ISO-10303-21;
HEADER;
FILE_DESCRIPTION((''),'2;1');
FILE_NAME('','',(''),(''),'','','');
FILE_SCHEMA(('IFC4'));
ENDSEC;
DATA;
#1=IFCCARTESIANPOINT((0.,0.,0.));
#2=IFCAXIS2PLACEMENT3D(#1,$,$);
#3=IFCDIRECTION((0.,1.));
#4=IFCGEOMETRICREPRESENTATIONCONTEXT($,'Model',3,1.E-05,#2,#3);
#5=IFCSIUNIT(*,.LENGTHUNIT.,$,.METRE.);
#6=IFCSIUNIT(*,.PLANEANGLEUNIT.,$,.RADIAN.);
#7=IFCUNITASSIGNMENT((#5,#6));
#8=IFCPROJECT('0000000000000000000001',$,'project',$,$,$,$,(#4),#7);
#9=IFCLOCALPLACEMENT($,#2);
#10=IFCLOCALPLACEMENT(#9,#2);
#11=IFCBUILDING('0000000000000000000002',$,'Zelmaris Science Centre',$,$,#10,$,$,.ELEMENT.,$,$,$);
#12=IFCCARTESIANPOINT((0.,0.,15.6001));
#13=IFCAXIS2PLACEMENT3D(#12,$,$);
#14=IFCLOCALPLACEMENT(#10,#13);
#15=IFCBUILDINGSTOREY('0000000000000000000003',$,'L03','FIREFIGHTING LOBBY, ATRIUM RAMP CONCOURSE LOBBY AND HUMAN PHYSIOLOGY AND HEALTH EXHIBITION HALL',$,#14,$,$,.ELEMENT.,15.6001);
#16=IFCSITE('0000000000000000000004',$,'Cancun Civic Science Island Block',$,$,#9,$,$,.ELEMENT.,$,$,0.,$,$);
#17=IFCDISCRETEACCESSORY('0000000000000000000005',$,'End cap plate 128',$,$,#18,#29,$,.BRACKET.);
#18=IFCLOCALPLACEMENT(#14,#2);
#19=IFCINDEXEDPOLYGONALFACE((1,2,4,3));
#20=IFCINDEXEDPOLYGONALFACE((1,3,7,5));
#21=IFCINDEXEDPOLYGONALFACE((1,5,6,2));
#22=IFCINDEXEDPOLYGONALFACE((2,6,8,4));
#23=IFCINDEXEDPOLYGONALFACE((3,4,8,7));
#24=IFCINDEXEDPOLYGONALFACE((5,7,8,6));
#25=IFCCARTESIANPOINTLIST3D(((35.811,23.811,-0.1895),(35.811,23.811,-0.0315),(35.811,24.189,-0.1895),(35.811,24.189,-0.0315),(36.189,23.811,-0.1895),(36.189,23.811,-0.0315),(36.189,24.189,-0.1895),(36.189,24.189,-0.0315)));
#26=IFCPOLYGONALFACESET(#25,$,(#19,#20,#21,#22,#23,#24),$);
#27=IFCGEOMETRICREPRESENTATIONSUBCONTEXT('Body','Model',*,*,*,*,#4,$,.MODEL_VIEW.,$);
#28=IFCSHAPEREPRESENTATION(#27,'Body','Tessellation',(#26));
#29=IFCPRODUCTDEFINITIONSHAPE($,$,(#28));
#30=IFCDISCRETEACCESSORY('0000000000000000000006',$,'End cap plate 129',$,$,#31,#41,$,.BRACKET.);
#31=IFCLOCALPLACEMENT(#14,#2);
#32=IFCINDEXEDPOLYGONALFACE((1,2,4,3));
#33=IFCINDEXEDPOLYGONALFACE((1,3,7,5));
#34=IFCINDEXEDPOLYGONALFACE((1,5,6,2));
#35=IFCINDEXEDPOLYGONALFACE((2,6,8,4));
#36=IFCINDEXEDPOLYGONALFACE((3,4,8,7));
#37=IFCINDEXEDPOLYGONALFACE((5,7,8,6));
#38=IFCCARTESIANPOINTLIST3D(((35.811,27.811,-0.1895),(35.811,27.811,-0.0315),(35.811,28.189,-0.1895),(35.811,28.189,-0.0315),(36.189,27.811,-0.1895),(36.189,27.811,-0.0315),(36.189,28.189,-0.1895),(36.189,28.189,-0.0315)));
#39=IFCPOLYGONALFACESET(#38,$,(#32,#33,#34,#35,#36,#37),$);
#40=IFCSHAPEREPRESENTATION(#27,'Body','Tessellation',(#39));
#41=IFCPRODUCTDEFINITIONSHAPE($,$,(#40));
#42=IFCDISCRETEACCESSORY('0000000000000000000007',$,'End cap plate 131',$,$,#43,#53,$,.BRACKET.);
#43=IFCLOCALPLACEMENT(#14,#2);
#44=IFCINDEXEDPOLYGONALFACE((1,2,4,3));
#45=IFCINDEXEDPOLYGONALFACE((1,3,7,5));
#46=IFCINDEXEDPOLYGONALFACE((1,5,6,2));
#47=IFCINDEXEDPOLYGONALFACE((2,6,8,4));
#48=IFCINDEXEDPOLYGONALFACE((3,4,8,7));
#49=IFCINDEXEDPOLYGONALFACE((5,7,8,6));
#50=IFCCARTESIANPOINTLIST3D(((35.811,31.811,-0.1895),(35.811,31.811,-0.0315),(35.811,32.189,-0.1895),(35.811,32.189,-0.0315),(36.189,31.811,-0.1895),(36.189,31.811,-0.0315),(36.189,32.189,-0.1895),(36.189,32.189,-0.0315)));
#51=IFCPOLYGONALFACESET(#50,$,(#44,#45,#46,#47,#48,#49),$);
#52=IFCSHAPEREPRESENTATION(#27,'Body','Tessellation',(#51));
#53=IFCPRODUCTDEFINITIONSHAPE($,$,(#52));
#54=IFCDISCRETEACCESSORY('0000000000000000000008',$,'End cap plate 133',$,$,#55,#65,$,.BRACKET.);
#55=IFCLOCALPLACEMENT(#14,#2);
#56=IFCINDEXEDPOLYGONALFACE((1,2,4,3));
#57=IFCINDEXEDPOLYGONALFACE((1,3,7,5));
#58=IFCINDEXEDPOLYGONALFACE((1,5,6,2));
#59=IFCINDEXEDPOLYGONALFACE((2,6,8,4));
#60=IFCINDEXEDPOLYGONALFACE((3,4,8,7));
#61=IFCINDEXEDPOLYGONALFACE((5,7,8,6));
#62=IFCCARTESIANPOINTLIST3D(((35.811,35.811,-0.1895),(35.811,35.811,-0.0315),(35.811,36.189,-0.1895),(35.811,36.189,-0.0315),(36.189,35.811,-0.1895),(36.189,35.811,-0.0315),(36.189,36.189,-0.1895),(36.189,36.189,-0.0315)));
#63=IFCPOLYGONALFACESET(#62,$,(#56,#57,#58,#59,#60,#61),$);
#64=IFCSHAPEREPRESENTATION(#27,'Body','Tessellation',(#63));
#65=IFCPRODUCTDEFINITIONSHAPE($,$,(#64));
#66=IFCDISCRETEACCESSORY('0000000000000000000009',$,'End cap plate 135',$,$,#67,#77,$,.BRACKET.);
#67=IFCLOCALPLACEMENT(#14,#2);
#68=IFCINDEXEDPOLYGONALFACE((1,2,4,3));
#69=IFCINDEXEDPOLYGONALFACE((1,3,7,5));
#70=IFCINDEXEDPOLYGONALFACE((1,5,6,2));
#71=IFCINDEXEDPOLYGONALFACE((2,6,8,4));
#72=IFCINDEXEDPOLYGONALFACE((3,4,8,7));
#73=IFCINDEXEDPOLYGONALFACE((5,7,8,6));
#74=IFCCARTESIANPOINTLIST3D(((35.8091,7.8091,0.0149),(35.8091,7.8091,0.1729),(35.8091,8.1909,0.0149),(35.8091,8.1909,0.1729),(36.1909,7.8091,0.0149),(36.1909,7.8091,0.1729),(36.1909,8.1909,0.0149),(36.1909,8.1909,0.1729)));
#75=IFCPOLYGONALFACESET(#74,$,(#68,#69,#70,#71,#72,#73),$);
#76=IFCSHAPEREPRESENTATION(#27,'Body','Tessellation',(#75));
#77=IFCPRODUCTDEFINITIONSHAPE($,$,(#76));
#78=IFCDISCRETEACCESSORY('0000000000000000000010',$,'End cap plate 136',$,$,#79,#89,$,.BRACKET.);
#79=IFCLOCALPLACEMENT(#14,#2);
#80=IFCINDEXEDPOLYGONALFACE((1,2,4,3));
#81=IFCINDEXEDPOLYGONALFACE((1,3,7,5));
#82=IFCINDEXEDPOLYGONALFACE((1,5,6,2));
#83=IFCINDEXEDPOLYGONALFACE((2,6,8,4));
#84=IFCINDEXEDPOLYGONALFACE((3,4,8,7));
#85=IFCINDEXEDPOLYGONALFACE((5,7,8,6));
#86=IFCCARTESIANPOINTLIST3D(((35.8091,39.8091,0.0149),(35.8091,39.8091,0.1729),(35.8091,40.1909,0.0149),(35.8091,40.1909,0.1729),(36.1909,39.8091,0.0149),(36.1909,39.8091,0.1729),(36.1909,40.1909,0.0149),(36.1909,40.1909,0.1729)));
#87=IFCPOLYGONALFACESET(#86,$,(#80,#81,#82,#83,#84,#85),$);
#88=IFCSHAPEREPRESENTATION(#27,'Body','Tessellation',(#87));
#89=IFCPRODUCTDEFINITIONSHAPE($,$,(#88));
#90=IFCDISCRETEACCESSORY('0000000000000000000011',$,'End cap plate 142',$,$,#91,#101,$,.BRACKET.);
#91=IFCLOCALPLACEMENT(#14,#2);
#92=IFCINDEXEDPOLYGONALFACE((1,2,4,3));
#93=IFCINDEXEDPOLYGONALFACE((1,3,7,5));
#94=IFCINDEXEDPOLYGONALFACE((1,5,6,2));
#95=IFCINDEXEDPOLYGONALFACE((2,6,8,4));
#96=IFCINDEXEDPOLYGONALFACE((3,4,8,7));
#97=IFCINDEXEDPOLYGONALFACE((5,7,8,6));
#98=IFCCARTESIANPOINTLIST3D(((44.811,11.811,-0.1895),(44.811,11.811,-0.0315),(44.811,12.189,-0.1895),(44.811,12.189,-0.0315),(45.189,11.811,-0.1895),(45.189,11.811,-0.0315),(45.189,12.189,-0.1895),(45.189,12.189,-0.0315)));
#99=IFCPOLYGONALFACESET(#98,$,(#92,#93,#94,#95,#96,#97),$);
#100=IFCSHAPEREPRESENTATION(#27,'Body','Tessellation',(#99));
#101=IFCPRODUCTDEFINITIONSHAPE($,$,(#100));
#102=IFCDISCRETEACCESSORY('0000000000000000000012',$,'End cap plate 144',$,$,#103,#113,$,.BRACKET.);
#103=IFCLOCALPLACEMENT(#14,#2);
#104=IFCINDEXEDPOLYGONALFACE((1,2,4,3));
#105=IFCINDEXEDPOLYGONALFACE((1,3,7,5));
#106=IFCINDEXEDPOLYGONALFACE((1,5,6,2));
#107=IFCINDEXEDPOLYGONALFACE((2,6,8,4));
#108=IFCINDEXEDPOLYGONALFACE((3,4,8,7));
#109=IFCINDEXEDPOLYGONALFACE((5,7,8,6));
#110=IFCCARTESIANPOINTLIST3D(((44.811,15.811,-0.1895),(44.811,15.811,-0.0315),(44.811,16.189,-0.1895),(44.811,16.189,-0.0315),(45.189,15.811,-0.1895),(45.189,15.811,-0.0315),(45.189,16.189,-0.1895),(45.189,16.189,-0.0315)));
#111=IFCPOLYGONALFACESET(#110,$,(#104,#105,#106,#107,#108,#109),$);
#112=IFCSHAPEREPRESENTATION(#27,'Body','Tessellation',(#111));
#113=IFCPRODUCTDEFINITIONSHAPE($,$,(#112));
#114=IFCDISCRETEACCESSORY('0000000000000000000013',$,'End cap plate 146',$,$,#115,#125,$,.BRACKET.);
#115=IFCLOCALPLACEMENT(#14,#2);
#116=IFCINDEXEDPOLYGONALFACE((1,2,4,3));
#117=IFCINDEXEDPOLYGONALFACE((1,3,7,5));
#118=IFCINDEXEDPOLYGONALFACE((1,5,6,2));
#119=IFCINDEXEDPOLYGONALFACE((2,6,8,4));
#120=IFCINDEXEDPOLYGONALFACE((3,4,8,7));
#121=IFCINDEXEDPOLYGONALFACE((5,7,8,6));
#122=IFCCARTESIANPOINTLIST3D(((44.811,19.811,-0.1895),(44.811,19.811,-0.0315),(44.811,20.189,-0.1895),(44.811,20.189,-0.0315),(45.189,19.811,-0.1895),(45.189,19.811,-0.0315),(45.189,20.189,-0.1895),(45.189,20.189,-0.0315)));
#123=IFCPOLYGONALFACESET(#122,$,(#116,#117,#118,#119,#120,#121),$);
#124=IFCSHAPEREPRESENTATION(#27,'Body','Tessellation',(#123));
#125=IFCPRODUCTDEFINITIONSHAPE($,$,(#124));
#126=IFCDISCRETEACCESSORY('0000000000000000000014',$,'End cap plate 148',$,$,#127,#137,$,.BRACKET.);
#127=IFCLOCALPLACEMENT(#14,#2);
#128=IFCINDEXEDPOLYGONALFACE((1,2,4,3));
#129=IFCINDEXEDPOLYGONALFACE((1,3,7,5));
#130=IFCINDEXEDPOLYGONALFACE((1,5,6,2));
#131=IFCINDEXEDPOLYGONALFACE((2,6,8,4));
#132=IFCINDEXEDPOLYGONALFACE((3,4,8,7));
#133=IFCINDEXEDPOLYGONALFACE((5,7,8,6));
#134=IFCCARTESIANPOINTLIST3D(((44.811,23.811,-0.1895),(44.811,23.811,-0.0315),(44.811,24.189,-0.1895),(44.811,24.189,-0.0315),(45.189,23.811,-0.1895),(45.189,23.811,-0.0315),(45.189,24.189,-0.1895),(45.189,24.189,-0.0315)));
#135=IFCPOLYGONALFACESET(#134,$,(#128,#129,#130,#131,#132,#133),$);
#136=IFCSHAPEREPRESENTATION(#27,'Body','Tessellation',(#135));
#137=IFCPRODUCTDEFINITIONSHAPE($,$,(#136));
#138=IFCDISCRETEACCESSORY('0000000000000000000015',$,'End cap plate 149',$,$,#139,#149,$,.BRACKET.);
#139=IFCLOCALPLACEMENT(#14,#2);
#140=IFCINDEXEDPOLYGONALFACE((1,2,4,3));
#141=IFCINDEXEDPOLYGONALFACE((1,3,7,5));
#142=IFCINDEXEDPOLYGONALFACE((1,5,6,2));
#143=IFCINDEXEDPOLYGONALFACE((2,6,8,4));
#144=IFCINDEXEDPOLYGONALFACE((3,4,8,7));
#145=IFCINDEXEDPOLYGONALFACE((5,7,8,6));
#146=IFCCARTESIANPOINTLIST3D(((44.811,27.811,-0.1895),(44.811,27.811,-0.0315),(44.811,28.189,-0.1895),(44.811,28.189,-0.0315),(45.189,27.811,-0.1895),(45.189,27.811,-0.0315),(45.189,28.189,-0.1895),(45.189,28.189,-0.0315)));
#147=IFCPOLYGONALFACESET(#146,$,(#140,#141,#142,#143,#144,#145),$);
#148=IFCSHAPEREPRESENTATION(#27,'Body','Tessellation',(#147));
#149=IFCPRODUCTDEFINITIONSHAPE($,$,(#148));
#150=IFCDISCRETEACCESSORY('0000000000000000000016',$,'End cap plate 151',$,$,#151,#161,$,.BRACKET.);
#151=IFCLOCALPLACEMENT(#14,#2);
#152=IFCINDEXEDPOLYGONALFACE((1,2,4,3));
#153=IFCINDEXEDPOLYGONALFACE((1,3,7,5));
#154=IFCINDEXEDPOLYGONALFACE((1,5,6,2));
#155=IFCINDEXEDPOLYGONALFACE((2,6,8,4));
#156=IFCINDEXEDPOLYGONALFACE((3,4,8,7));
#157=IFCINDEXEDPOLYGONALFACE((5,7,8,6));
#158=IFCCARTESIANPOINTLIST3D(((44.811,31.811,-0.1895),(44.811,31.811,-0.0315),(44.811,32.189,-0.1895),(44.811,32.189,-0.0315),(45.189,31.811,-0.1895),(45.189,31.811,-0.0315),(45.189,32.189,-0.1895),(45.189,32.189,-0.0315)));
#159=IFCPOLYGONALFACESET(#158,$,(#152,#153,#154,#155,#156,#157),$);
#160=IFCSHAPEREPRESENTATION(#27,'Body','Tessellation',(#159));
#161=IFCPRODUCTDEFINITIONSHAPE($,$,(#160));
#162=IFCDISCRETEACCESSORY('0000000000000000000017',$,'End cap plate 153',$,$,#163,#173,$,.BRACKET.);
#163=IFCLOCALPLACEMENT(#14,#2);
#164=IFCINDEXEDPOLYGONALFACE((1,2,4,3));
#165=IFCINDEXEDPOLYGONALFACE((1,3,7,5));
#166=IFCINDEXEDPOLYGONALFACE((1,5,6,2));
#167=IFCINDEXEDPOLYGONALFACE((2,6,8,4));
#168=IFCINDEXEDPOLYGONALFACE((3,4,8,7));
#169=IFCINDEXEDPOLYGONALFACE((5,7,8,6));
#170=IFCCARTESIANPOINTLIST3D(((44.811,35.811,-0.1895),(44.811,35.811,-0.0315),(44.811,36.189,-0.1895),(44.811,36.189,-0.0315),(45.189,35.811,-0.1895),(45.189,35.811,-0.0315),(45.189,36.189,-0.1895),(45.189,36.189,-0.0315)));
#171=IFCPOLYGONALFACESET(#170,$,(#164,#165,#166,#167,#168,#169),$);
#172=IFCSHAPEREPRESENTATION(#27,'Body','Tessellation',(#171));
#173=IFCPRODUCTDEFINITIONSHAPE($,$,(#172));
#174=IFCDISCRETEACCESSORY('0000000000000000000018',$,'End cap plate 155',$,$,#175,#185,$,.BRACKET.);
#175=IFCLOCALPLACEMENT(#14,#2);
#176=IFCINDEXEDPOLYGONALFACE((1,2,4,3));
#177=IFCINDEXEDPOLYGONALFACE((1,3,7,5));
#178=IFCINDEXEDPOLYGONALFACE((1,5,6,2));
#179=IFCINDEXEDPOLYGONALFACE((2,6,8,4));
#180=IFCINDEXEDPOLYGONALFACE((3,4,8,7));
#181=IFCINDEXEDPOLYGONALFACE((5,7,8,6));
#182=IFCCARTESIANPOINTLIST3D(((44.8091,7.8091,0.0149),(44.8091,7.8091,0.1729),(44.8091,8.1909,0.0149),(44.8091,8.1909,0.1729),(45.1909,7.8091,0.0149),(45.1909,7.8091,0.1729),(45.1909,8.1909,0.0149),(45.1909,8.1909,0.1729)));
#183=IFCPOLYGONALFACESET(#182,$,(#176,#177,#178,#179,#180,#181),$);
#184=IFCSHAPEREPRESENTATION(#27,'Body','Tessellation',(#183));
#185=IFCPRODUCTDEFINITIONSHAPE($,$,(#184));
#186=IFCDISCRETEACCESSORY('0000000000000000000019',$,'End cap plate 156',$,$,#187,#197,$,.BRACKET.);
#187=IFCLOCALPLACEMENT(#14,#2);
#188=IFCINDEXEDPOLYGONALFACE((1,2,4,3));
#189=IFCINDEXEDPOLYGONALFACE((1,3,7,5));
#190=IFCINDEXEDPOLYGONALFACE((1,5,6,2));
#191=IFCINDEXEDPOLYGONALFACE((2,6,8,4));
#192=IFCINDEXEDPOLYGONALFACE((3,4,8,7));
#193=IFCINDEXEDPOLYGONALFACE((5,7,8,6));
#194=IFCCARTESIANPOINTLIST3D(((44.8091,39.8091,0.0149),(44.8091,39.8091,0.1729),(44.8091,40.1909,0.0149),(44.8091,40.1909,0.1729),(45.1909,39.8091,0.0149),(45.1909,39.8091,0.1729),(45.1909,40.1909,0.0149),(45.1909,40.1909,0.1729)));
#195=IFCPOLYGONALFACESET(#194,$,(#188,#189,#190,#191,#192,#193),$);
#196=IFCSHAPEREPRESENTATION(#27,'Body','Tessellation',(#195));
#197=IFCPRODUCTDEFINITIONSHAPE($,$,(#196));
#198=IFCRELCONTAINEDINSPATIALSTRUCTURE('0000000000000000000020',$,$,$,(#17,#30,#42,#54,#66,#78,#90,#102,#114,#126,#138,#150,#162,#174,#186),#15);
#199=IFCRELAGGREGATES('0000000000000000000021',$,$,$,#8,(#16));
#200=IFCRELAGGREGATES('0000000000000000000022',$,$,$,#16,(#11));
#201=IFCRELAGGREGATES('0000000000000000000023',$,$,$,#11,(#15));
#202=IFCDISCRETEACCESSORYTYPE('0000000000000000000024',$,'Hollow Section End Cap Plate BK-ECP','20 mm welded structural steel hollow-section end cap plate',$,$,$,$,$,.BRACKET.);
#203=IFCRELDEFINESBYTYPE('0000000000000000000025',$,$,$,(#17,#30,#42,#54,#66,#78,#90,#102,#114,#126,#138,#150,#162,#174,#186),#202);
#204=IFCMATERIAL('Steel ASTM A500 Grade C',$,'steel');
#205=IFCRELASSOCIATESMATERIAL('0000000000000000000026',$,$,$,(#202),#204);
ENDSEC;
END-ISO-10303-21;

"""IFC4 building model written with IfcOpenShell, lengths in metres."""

from ifc_helpers import new_model, si_unit, direction, frame, origin, place, context, subcontext, project, spatial, polyline, outline, extrude, material, type_object, element, save


model = new_model("IFC4")

# Units and contexts
model_context = context("Model", 3, precision=1e-05, world=origin(), true_north=direction((0.0, 1.0)))
body_context = subcontext(model_context, "Body", "Model", "MODEL_VIEW")
ifc_project = project(units=[si_unit("LENGTHUNIT", "METRE"), si_unit("PLANEANGLEUNIT", "RADIAN")], contexts=[model_context])

# Site, building, storey
site_placement = place(None, origin())
site = spatial("IfcSite", under=ifc_project, at=site_placement, Name="Cancun Civic Science Island Block", CompositionType="ELEMENT", RefElevation=0.0)
building_placement = place(site_placement, origin())
building = spatial("IfcBuilding", under=site, at=building_placement, Name="Zelmaris Science Centre", CompositionType="ELEMENT")
storey_placement = place(building_placement, frame((0.0, 0.0, 15.6001)))
storey = spatial("IfcBuildingStorey", under=building, at=storey_placement, Name="L03", Description="FIREFIGHTING LOBBY, ATRIUM RAMP CONCOURSE LOBBY AND HUMAN PHYSIOLOGY AND HEALTH EXHIBITION HALL", CompositionType="ELEMENT", Elevation=15.6001)

# Discrete accessories
ifc_material = material(Name="Steel ASTM A500 Grade C", Category="steel")
discrete_accessory_type = type_object("IfcDiscreteAccessoryType", Name="Hollow Section End Cap Plate BK-ECP", Description="20 mm welded structural steel hollow-section end cap plate", PredefinedType="BRACKET", material=ifc_material)
discrete_accessory_1_placement = place(storey_placement, frame((0.0, 0.0, -0.1895)))
element("IfcDiscreteAccessory", 1, at=discrete_accessory_1_placement, inside=storey, type_object=discrete_accessory_type, Name="End cap plate 128", PredefinedType="BRACKET", context=body_context, shape_type="SweptSolid", body=[
    extrude(outline(polyline([(35.811, 23.811), (36.189, 23.811), (36.189, 24.189), (35.811, 24.189), (35.811, 23.811)])), origin(), (0.0, 0.0, 1.0), 0.158),
])
discrete_accessory_2_placement = place(storey_placement, frame((0.0, 0.0, -0.1895)))
element("IfcDiscreteAccessory", 2, at=discrete_accessory_2_placement, inside=storey, type_object=discrete_accessory_type, Name="End cap plate 129", PredefinedType="BRACKET", context=body_context, shape_type="SweptSolid", body=[
    extrude(outline(polyline([(35.811, 27.811), (36.189, 27.811), (36.189, 28.189), (35.811, 28.189), (35.811, 27.811)])), origin(), (0.0, 0.0, 1.0), 0.158),
])
discrete_accessory_3_placement = place(storey_placement, frame((0.0, 0.0, -0.1895)))
element("IfcDiscreteAccessory", 3, at=discrete_accessory_3_placement, inside=storey, type_object=discrete_accessory_type, Name="End cap plate 131", PredefinedType="BRACKET", context=body_context, shape_type="SweptSolid", body=[
    extrude(outline(polyline([(35.811, 31.811), (36.189, 31.811), (36.189, 32.189), (35.811, 32.189), (35.811, 31.811)])), origin(), (0.0, 0.0, 1.0), 0.158),
])
discrete_accessory_4_placement = place(storey_placement, frame((0.0, 0.0, -0.1895)))
element("IfcDiscreteAccessory", 4, at=discrete_accessory_4_placement, inside=storey, type_object=discrete_accessory_type, Name="End cap plate 133", PredefinedType="BRACKET", context=body_context, shape_type="SweptSolid", body=[
    extrude(outline(polyline([(35.811, 35.811), (36.189, 35.811), (36.189, 36.189), (35.811, 36.189), (35.811, 35.811)])), origin(), (0.0, 0.0, 1.0), 0.158),
])
discrete_accessory_5_placement = place(storey_placement, frame((0.0, 0.0, 0.0149)))
element("IfcDiscreteAccessory", 5, at=discrete_accessory_5_placement, inside=storey, type_object=discrete_accessory_type, Name="End cap plate 135", PredefinedType="BRACKET", context=body_context, shape_type="SweptSolid", body=[
    extrude(outline(polyline([(35.8091, 7.8091), (36.1909, 7.8091), (36.1909, 8.1909), (35.8091, 8.1909), (35.8091, 7.8091)])), origin(), (0.0, 0.0, 1.0), 0.158),
])
discrete_accessory_6_placement = place(storey_placement, frame((0.0, 0.0, 0.0149)))
element("IfcDiscreteAccessory", 6, at=discrete_accessory_6_placement, inside=storey, type_object=discrete_accessory_type, Name="End cap plate 136", PredefinedType="BRACKET", context=body_context, shape_type="SweptSolid", body=[
    extrude(outline(polyline([(35.8091, 39.8091), (36.1909, 39.8091), (36.1909, 40.1909), (35.8091, 40.1909), (35.8091, 39.8091)])), origin(), (0.0, 0.0, 1.0), 0.158),
])
discrete_accessory_7_placement = place(storey_placement, frame((0.0, 0.0, -0.1895)))
element("IfcDiscreteAccessory", 7, at=discrete_accessory_7_placement, inside=storey, type_object=discrete_accessory_type, Name="End cap plate 142", PredefinedType="BRACKET", context=body_context, shape_type="SweptSolid", body=[
    extrude(outline(polyline([(44.811, 11.811), (45.189, 11.811), (45.189, 12.189), (44.811, 12.189), (44.811, 11.811)])), origin(), (0.0, 0.0, 1.0), 0.158),
])
discrete_accessory_8_placement = place(storey_placement, frame((0.0, 0.0, -0.1895)))
element("IfcDiscreteAccessory", 8, at=discrete_accessory_8_placement, inside=storey, type_object=discrete_accessory_type, Name="End cap plate 144", PredefinedType="BRACKET", context=body_context, shape_type="SweptSolid", body=[
    extrude(outline(polyline([(44.811, 15.811), (45.189, 15.811), (45.189, 16.189), (44.811, 16.189), (44.811, 15.811)])), origin(), (0.0, 0.0, 1.0), 0.158),
])
discrete_accessory_9_placement = place(storey_placement, frame((0.0, 0.0, -0.1895)))
element("IfcDiscreteAccessory", 9, at=discrete_accessory_9_placement, inside=storey, type_object=discrete_accessory_type, Name="End cap plate 146", PredefinedType="BRACKET", context=body_context, shape_type="SweptSolid", body=[
    extrude(outline(polyline([(44.811, 19.811), (45.189, 19.811), (45.189, 20.189), (44.811, 20.189), (44.811, 19.811)])), origin(), (0.0, 0.0, 1.0), 0.158),
])
discrete_accessory_10_placement = place(storey_placement, frame((0.0, 0.0, -0.1895)))
element("IfcDiscreteAccessory", 10, at=discrete_accessory_10_placement, inside=storey, type_object=discrete_accessory_type, Name="End cap plate 148", PredefinedType="BRACKET", context=body_context, shape_type="SweptSolid", body=[
    extrude(outline(polyline([(44.811, 23.811), (45.189, 23.811), (45.189, 24.189), (44.811, 24.189), (44.811, 23.811)])), origin(), (0.0, 0.0, 1.0), 0.158),
])
discrete_accessory_11_placement = place(storey_placement, frame((0.0, 0.0, -0.1895)))
element("IfcDiscreteAccessory", 11, at=discrete_accessory_11_placement, inside=storey, type_object=discrete_accessory_type, Name="End cap plate 149", PredefinedType="BRACKET", context=body_context, shape_type="SweptSolid", body=[
    extrude(outline(polyline([(44.811, 27.811), (45.189, 27.811), (45.189, 28.189), (44.811, 28.189), (44.811, 27.811)])), origin(), (0.0, 0.0, 1.0), 0.158),
])
discrete_accessory_12_placement = place(storey_placement, frame((0.0, 0.0, -0.1895)))
element("IfcDiscreteAccessory", 12, at=discrete_accessory_12_placement, inside=storey, type_object=discrete_accessory_type, Name="End cap plate 151", PredefinedType="BRACKET", context=body_context, shape_type="SweptSolid", body=[
    extrude(outline(polyline([(44.811, 31.811), (45.189, 31.811), (45.189, 32.189), (44.811, 32.189), (44.811, 31.811)])), origin(), (0.0, 0.0, 1.0), 0.158),
])
discrete_accessory_13_placement = place(storey_placement, frame((0.0, 0.0, -0.1895)))
element("IfcDiscreteAccessory", 13, at=discrete_accessory_13_placement, inside=storey, type_object=discrete_accessory_type, Name="End cap plate 153", PredefinedType="BRACKET", context=body_context, shape_type="SweptSolid", body=[
    extrude(outline(polyline([(44.811, 35.811), (45.189, 35.811), (45.189, 36.189), (44.811, 36.189), (44.811, 35.811)])), origin(), (0.0, 0.0, 1.0), 0.158),
])
discrete_accessory_14_placement = place(storey_placement, frame((0.0, 0.0, 0.0149)))
element("IfcDiscreteAccessory", 14, at=discrete_accessory_14_placement, inside=storey, type_object=discrete_accessory_type, Name="End cap plate 155", PredefinedType="BRACKET", context=body_context, shape_type="SweptSolid", body=[
    extrude(outline(polyline([(44.8091, 7.8091), (45.1909, 7.8091), (45.1909, 8.1909), (44.8091, 8.1909), (44.8091, 7.8091)])), origin(), (0.0, 0.0, 1.0), 0.158),
])
discrete_accessory_15_placement = place(storey_placement, frame((0.0, 0.0, 0.0149)))
element("IfcDiscreteAccessory", 15, at=discrete_accessory_15_placement, inside=storey, type_object=discrete_accessory_type, Name="End cap plate 156", PredefinedType="BRACKET", context=body_context, shape_type="SweptSolid", body=[
    extrude(outline(polyline([(44.8091, 39.8091), (45.1909, 39.8091), (45.1909, 40.1909), (44.8091, 40.1909), (44.8091, 39.8091)])), origin(), (0.0, 0.0, 1.0), 0.158),
])

save(model, "model.ifc")
